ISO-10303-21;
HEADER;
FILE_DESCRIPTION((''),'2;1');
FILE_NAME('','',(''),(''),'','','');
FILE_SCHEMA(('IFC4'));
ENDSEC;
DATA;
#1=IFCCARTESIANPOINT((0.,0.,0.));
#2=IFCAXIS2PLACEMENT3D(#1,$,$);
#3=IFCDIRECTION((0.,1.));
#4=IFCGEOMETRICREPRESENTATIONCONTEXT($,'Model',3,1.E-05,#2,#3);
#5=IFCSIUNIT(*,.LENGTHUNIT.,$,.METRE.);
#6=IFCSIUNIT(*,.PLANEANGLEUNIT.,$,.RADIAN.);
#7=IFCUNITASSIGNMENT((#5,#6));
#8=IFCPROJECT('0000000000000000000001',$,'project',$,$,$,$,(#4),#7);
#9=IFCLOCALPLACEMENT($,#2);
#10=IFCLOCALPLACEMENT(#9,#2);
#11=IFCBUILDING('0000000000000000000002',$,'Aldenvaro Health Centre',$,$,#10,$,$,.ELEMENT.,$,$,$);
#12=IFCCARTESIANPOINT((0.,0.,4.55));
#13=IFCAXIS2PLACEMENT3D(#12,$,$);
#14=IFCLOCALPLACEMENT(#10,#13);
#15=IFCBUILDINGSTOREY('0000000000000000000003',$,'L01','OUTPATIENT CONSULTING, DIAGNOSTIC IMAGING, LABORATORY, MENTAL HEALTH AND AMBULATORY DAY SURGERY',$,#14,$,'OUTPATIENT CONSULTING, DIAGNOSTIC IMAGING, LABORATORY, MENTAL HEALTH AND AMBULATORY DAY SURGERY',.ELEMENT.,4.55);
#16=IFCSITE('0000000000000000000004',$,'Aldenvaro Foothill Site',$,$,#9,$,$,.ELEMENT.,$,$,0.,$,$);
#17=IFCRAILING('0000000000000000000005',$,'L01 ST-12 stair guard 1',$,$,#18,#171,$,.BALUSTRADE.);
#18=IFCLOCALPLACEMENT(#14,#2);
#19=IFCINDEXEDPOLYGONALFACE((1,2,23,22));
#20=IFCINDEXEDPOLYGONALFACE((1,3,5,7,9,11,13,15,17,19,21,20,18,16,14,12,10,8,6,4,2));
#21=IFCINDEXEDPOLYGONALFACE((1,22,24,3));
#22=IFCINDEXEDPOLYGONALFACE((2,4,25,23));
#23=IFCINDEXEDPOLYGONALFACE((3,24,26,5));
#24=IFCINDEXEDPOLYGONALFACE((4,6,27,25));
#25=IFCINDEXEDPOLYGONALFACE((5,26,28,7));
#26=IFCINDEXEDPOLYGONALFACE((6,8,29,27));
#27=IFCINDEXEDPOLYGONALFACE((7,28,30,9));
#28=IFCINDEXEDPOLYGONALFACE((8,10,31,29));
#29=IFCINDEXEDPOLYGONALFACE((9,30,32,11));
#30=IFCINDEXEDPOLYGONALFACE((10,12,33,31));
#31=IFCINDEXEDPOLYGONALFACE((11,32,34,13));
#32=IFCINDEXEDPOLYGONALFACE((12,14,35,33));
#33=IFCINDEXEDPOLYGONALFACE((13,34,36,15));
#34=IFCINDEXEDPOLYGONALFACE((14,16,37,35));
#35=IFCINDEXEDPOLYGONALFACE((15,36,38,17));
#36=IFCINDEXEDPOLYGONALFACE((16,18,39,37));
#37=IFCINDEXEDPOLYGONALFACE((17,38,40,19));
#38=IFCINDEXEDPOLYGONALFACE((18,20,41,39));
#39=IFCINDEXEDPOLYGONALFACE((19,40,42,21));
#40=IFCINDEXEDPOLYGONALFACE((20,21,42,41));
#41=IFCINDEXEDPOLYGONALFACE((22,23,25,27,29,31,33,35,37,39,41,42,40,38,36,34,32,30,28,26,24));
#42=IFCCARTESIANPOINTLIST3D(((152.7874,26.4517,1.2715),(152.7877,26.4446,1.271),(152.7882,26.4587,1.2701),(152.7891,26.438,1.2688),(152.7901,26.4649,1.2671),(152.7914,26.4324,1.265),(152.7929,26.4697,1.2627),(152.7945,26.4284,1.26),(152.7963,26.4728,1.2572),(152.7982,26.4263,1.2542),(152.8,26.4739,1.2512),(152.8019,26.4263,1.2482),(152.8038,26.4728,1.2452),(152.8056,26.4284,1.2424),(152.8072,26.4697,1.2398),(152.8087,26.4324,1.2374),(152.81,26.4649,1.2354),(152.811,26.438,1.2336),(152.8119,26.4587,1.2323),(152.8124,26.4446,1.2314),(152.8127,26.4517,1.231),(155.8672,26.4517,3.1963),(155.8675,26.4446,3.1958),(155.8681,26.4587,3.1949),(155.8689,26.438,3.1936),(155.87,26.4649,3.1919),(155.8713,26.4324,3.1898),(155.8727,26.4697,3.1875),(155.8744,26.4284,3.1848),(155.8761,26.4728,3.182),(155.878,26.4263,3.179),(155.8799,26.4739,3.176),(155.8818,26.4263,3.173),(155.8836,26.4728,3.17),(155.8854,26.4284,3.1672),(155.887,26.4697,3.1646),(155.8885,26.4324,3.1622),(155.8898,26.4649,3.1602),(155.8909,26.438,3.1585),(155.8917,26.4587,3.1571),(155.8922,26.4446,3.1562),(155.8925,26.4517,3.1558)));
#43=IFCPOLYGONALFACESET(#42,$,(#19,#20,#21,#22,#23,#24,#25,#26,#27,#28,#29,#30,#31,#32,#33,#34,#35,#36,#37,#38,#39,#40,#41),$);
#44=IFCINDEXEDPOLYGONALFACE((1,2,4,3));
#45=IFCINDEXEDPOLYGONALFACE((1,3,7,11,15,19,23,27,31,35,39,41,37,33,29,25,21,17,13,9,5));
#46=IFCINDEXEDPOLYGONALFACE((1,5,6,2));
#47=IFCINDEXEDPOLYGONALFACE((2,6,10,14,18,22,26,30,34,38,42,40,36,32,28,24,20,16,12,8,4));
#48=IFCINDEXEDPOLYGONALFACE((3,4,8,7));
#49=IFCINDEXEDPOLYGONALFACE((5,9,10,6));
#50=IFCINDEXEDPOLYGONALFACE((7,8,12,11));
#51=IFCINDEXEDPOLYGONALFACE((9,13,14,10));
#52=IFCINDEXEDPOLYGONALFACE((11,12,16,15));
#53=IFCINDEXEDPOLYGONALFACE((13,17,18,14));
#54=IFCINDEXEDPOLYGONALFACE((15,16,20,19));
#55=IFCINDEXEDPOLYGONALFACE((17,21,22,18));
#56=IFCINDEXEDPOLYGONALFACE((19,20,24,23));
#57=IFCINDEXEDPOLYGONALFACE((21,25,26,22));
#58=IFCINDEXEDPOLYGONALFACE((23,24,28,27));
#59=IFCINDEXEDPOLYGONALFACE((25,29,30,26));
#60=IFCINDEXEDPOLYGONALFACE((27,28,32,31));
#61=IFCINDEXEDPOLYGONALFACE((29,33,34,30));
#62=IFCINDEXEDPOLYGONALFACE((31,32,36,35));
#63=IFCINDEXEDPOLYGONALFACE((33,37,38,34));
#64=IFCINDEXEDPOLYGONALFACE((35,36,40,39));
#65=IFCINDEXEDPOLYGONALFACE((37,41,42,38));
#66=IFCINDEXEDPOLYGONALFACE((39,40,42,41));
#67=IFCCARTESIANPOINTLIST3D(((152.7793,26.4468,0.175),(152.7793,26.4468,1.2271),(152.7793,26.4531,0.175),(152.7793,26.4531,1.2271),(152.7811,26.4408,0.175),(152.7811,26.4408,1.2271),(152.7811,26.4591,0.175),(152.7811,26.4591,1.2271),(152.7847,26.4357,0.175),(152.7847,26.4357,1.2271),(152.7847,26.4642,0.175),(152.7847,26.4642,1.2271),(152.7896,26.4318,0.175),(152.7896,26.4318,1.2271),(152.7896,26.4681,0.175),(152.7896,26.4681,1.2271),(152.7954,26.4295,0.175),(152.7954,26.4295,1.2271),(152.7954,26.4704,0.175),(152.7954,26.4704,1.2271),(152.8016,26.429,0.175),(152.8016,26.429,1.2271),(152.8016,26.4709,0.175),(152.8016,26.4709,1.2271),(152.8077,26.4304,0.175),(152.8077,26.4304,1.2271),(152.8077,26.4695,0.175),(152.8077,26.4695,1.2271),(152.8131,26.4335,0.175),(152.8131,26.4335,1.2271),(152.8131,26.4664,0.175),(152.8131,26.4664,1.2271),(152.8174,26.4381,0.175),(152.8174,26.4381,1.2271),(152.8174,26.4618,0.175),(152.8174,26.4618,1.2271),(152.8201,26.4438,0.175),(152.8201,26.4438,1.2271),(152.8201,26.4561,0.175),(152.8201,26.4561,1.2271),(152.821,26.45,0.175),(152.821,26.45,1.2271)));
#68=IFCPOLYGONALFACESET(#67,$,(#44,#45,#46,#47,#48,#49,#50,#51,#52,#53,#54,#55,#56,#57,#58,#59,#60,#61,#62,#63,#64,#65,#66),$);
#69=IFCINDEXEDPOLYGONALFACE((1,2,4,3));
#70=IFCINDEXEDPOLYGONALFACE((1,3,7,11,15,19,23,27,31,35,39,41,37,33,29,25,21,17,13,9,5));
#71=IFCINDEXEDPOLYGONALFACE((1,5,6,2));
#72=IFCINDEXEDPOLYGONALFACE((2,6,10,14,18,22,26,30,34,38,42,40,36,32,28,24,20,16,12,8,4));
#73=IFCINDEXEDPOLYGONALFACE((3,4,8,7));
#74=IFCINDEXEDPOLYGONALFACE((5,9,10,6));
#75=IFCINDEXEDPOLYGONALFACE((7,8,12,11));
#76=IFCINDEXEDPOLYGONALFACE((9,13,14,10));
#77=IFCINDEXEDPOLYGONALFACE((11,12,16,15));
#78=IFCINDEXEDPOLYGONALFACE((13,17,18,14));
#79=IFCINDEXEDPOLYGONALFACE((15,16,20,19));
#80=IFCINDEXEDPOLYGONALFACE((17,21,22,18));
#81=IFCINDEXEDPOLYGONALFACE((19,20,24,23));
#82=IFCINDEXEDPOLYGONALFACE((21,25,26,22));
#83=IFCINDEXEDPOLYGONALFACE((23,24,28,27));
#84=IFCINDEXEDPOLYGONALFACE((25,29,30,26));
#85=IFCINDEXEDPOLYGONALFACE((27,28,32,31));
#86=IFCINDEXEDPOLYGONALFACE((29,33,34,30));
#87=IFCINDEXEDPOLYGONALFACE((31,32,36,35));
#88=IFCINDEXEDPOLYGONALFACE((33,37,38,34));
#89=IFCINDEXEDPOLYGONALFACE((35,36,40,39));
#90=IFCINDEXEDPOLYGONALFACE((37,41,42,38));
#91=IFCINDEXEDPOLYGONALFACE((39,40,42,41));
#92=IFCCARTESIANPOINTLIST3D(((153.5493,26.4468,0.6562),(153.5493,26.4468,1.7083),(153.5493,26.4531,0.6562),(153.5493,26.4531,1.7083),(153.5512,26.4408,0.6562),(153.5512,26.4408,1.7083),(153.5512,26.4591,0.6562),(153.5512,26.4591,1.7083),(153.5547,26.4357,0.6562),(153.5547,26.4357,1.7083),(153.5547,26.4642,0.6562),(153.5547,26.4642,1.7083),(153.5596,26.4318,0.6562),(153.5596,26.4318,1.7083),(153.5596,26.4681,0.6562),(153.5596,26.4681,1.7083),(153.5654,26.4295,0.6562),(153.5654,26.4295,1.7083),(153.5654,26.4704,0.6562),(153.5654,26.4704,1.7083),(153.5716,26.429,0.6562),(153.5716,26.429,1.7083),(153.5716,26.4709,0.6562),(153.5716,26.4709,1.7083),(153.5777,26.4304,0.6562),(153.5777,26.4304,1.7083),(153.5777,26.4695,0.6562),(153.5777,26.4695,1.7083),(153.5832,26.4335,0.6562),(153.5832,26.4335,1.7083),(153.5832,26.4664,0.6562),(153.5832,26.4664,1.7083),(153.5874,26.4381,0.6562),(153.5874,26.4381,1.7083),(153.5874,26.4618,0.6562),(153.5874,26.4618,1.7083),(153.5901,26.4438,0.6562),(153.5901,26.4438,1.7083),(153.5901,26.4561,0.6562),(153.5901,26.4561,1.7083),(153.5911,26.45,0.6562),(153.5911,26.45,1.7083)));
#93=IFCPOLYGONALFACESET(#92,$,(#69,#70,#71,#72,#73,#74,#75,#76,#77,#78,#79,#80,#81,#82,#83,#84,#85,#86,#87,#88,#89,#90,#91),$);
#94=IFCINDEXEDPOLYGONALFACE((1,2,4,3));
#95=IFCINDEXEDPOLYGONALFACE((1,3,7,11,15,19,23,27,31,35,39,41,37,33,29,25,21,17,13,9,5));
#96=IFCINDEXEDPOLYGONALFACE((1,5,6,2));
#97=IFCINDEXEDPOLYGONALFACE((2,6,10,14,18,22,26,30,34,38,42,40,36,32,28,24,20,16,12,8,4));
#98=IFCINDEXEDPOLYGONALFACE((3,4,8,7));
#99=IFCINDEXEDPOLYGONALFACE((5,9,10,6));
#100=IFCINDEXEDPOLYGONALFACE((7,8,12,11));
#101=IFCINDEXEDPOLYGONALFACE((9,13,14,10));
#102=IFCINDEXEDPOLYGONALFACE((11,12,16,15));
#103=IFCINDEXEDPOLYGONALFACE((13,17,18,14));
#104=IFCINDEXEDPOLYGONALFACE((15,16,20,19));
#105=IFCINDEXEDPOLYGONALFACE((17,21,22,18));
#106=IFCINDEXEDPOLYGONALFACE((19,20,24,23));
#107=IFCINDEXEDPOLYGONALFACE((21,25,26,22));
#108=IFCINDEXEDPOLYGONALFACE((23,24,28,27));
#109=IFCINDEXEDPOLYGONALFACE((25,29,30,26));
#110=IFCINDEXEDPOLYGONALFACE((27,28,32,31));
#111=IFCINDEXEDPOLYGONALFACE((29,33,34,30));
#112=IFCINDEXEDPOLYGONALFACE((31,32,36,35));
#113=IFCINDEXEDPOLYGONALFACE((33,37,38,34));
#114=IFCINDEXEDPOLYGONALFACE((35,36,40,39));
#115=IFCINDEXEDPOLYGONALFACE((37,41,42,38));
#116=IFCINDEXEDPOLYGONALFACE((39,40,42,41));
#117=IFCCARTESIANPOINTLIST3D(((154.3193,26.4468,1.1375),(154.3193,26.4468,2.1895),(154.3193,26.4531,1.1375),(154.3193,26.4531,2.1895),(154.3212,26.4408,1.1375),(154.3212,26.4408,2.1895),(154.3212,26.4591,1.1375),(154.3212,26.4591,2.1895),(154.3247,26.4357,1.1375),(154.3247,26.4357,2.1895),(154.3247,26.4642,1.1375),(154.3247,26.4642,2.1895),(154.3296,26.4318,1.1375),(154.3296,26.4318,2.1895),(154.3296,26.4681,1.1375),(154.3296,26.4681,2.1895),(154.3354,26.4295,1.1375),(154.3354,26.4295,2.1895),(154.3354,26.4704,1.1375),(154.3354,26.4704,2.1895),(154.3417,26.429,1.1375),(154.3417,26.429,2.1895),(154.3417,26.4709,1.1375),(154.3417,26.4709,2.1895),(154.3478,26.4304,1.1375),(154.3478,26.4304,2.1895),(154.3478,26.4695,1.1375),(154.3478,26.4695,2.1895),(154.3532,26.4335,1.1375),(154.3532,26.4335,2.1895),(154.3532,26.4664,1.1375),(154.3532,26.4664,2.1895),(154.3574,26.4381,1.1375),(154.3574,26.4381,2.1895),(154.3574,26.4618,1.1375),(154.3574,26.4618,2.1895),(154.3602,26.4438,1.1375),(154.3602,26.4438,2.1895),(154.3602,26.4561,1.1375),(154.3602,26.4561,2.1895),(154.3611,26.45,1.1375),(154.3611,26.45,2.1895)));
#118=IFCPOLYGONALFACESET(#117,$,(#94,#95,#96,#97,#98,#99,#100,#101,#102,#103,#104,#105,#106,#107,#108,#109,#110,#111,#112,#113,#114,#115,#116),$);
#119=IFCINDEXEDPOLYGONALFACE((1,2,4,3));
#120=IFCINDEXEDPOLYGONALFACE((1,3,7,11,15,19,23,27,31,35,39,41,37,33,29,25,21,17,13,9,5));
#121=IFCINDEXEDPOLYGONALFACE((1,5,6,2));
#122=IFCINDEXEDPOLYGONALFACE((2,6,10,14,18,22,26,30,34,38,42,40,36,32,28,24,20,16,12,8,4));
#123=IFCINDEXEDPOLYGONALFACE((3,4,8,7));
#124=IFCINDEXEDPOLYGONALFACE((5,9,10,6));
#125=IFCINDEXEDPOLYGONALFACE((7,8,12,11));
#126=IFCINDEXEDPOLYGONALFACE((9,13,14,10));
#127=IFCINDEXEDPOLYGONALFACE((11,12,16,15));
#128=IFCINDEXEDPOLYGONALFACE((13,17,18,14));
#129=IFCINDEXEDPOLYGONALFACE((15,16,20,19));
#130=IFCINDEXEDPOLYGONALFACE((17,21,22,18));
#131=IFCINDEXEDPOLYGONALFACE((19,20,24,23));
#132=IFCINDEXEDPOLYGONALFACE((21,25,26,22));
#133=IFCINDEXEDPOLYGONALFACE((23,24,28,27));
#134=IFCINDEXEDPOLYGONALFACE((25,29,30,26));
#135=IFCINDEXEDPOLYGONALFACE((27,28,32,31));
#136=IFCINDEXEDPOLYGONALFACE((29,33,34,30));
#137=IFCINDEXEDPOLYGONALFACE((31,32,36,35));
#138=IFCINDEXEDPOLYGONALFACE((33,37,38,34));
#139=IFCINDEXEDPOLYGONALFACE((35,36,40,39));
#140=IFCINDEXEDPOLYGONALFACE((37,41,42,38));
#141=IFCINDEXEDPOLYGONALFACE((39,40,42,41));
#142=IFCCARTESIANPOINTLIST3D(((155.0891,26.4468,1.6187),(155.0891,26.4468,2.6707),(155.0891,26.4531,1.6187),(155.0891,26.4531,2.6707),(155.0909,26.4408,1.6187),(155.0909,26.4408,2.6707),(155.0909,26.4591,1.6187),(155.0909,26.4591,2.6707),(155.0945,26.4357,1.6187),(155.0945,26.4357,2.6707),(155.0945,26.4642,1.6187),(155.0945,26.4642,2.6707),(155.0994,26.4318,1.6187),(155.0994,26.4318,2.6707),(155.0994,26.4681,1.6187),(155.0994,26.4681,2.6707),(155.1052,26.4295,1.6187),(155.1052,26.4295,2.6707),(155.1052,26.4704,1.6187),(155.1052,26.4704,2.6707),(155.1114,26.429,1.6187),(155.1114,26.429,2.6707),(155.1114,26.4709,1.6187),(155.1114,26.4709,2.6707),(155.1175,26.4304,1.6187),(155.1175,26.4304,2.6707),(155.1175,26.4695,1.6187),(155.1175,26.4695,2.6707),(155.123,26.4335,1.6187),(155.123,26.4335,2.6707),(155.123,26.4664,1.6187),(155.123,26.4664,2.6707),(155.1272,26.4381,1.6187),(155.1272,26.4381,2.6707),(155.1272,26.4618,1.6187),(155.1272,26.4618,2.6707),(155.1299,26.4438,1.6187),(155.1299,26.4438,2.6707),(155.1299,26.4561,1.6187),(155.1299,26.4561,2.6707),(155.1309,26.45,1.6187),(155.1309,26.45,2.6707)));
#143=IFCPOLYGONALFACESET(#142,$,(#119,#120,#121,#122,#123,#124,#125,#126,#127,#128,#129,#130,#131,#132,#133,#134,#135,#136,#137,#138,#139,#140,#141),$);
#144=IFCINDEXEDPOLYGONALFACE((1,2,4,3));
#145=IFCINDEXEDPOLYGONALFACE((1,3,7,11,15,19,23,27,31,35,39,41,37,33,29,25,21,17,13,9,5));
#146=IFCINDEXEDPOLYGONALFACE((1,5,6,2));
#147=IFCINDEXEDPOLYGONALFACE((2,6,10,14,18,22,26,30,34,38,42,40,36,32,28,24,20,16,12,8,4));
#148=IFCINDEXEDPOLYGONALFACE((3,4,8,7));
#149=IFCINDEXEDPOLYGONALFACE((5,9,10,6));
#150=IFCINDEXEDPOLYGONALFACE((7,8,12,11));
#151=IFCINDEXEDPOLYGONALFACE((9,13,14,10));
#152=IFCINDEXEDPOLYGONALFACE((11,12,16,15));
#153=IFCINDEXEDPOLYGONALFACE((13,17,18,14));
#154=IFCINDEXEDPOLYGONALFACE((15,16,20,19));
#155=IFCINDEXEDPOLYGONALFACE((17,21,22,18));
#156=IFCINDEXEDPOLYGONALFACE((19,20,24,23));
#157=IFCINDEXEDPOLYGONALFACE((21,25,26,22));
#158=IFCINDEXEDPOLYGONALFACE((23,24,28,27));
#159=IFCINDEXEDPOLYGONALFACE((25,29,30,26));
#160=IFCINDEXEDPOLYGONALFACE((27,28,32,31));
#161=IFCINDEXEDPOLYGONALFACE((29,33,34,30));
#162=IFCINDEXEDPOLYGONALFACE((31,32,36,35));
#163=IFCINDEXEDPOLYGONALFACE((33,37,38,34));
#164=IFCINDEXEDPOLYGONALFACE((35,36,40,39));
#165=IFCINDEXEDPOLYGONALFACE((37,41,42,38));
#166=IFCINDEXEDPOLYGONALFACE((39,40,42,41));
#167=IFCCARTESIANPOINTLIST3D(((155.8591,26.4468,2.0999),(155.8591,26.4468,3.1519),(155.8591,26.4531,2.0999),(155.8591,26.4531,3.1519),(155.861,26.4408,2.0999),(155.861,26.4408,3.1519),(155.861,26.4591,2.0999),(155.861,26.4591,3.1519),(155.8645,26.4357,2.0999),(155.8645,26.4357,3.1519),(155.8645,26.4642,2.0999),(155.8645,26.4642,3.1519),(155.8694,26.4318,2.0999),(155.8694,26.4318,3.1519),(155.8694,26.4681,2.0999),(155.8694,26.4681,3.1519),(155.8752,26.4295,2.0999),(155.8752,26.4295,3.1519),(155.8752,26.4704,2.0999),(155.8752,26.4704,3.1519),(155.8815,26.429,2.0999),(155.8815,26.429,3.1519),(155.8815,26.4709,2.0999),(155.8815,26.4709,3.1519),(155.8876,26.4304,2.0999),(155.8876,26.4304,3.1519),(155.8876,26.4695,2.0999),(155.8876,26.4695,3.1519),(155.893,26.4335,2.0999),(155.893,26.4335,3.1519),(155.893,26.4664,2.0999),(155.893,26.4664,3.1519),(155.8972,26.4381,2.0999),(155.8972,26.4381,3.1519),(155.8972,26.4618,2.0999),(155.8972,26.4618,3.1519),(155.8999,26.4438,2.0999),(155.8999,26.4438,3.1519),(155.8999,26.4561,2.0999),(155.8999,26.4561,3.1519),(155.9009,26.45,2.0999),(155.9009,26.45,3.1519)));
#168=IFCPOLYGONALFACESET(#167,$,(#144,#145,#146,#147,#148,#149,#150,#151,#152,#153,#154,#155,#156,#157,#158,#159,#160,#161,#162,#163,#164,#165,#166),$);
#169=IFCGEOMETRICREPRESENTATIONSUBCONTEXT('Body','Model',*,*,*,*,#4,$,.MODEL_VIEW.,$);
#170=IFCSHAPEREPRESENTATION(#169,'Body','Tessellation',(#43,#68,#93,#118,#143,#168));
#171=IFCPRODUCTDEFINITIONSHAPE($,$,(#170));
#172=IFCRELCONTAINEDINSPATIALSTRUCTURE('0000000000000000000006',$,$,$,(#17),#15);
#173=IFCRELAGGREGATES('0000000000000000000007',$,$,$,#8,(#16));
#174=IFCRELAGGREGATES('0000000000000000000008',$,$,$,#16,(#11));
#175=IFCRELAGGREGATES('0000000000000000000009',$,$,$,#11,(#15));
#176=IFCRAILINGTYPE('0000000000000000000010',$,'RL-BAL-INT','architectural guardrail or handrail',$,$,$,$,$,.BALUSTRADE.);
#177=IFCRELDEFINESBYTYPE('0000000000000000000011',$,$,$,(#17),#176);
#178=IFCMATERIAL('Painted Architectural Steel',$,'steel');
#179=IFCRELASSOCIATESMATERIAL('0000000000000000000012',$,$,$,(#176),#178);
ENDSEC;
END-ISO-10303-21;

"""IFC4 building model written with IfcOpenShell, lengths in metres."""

from ifc_helpers import new_model, si_unit, direction, frame, origin, origin_2d, place, context, subcontext, project, spatial, circle, extrude, material, type_object, element, save


model = new_model("IFC4")

# Units and contexts
model_context = context("Model", 3, precision=1e-05, world=origin(), true_north=direction((0.0, 1.0)))
body_context = subcontext(model_context, "Body", "Model", "MODEL_VIEW")
ifc_project = project(units=[si_unit("LENGTHUNIT", "METRE"), si_unit("PLANEANGLEUNIT", "RADIAN")], contexts=[model_context])

# Site, building, storey
site_placement = place(None, origin())
site = spatial("IfcSite", under=ifc_project, at=site_placement, Name="Aldenvaro Foothill Site", CompositionType="ELEMENT", RefElevation=0.0)
building_placement = place(site_placement, origin())
building = spatial("IfcBuilding", under=site, at=building_placement, Name="Aldenvaro Health Centre", CompositionType="ELEMENT")
storey_placement = place(building_placement, frame((0.0, 0.0, 4.55)))
storey = spatial("IfcBuildingStorey", under=building, at=storey_placement, Name="L01", Description="OUTPATIENT CONSULTING, DIAGNOSTIC IMAGING, LABORATORY, MENTAL HEALTH AND AMBULATORY DAY SURGERY", LongName="OUTPATIENT CONSULTING, DIAGNOSTIC IMAGING, LABORATORY, MENTAL HEALTH AND AMBULATORY DAY SURGERY", CompositionType="ELEMENT", Elevation=4.55)

# Railing
ifc_material_1 = material(Name="Painted Architectural Steel", Category="steel")
railing_type_1 = type_object("IfcRailingType", Name="RL-BAL-INT", Description="architectural guardrail or handrail", PredefinedType="BALUSTRADE", material=ifc_material_1)
railing_1_placement = place(storey_placement, frame((152.8, 26.45, 0.175)))
element("IfcRailing", 1, at=railing_1_placement, inside=storey, type_object=railing_type_1, Name="L01 ST-12 stair guard 1", PredefinedType="BALUSTRADE", context=body_context, shape_type="SweptSolid", body=[
    extrude(circle(Radius=0.0239, at=origin_2d()), frame((0.0, 0.0, 1.0762), z_axis=(0.84801, 0.0, 0.529981), x_axis=(0.0, 1.0, 0.0)), (0.0, 0.0, 1.0), 3.6318),
    extrude(circle(Radius=0.021, at=origin_2d()), origin(), (0.0, 0.0, 1.0), 1.052),
    extrude(circle(Radius=0.021, at=origin_2d()), frame((0.77, 0.0, 0.4812)), (0.0, 0.0, 1.0), 1.052),
    extrude(circle(Radius=0.021, at=origin_2d()), frame((1.54, 0.0, 0.9624)), (0.0, 0.0, 1.0), 1.052),
    extrude(circle(Radius=0.021, at=origin_2d()), frame((2.3098, 0.0, 1.4436)), (0.0, 0.0, 1.0), 1.052),
    extrude(circle(Radius=0.021, at=origin_2d()), frame((3.0798, 0.0, 1.9248)), (0.0, 0.0, 1.0), 1.052),
])

save(model, "model.ifc")
